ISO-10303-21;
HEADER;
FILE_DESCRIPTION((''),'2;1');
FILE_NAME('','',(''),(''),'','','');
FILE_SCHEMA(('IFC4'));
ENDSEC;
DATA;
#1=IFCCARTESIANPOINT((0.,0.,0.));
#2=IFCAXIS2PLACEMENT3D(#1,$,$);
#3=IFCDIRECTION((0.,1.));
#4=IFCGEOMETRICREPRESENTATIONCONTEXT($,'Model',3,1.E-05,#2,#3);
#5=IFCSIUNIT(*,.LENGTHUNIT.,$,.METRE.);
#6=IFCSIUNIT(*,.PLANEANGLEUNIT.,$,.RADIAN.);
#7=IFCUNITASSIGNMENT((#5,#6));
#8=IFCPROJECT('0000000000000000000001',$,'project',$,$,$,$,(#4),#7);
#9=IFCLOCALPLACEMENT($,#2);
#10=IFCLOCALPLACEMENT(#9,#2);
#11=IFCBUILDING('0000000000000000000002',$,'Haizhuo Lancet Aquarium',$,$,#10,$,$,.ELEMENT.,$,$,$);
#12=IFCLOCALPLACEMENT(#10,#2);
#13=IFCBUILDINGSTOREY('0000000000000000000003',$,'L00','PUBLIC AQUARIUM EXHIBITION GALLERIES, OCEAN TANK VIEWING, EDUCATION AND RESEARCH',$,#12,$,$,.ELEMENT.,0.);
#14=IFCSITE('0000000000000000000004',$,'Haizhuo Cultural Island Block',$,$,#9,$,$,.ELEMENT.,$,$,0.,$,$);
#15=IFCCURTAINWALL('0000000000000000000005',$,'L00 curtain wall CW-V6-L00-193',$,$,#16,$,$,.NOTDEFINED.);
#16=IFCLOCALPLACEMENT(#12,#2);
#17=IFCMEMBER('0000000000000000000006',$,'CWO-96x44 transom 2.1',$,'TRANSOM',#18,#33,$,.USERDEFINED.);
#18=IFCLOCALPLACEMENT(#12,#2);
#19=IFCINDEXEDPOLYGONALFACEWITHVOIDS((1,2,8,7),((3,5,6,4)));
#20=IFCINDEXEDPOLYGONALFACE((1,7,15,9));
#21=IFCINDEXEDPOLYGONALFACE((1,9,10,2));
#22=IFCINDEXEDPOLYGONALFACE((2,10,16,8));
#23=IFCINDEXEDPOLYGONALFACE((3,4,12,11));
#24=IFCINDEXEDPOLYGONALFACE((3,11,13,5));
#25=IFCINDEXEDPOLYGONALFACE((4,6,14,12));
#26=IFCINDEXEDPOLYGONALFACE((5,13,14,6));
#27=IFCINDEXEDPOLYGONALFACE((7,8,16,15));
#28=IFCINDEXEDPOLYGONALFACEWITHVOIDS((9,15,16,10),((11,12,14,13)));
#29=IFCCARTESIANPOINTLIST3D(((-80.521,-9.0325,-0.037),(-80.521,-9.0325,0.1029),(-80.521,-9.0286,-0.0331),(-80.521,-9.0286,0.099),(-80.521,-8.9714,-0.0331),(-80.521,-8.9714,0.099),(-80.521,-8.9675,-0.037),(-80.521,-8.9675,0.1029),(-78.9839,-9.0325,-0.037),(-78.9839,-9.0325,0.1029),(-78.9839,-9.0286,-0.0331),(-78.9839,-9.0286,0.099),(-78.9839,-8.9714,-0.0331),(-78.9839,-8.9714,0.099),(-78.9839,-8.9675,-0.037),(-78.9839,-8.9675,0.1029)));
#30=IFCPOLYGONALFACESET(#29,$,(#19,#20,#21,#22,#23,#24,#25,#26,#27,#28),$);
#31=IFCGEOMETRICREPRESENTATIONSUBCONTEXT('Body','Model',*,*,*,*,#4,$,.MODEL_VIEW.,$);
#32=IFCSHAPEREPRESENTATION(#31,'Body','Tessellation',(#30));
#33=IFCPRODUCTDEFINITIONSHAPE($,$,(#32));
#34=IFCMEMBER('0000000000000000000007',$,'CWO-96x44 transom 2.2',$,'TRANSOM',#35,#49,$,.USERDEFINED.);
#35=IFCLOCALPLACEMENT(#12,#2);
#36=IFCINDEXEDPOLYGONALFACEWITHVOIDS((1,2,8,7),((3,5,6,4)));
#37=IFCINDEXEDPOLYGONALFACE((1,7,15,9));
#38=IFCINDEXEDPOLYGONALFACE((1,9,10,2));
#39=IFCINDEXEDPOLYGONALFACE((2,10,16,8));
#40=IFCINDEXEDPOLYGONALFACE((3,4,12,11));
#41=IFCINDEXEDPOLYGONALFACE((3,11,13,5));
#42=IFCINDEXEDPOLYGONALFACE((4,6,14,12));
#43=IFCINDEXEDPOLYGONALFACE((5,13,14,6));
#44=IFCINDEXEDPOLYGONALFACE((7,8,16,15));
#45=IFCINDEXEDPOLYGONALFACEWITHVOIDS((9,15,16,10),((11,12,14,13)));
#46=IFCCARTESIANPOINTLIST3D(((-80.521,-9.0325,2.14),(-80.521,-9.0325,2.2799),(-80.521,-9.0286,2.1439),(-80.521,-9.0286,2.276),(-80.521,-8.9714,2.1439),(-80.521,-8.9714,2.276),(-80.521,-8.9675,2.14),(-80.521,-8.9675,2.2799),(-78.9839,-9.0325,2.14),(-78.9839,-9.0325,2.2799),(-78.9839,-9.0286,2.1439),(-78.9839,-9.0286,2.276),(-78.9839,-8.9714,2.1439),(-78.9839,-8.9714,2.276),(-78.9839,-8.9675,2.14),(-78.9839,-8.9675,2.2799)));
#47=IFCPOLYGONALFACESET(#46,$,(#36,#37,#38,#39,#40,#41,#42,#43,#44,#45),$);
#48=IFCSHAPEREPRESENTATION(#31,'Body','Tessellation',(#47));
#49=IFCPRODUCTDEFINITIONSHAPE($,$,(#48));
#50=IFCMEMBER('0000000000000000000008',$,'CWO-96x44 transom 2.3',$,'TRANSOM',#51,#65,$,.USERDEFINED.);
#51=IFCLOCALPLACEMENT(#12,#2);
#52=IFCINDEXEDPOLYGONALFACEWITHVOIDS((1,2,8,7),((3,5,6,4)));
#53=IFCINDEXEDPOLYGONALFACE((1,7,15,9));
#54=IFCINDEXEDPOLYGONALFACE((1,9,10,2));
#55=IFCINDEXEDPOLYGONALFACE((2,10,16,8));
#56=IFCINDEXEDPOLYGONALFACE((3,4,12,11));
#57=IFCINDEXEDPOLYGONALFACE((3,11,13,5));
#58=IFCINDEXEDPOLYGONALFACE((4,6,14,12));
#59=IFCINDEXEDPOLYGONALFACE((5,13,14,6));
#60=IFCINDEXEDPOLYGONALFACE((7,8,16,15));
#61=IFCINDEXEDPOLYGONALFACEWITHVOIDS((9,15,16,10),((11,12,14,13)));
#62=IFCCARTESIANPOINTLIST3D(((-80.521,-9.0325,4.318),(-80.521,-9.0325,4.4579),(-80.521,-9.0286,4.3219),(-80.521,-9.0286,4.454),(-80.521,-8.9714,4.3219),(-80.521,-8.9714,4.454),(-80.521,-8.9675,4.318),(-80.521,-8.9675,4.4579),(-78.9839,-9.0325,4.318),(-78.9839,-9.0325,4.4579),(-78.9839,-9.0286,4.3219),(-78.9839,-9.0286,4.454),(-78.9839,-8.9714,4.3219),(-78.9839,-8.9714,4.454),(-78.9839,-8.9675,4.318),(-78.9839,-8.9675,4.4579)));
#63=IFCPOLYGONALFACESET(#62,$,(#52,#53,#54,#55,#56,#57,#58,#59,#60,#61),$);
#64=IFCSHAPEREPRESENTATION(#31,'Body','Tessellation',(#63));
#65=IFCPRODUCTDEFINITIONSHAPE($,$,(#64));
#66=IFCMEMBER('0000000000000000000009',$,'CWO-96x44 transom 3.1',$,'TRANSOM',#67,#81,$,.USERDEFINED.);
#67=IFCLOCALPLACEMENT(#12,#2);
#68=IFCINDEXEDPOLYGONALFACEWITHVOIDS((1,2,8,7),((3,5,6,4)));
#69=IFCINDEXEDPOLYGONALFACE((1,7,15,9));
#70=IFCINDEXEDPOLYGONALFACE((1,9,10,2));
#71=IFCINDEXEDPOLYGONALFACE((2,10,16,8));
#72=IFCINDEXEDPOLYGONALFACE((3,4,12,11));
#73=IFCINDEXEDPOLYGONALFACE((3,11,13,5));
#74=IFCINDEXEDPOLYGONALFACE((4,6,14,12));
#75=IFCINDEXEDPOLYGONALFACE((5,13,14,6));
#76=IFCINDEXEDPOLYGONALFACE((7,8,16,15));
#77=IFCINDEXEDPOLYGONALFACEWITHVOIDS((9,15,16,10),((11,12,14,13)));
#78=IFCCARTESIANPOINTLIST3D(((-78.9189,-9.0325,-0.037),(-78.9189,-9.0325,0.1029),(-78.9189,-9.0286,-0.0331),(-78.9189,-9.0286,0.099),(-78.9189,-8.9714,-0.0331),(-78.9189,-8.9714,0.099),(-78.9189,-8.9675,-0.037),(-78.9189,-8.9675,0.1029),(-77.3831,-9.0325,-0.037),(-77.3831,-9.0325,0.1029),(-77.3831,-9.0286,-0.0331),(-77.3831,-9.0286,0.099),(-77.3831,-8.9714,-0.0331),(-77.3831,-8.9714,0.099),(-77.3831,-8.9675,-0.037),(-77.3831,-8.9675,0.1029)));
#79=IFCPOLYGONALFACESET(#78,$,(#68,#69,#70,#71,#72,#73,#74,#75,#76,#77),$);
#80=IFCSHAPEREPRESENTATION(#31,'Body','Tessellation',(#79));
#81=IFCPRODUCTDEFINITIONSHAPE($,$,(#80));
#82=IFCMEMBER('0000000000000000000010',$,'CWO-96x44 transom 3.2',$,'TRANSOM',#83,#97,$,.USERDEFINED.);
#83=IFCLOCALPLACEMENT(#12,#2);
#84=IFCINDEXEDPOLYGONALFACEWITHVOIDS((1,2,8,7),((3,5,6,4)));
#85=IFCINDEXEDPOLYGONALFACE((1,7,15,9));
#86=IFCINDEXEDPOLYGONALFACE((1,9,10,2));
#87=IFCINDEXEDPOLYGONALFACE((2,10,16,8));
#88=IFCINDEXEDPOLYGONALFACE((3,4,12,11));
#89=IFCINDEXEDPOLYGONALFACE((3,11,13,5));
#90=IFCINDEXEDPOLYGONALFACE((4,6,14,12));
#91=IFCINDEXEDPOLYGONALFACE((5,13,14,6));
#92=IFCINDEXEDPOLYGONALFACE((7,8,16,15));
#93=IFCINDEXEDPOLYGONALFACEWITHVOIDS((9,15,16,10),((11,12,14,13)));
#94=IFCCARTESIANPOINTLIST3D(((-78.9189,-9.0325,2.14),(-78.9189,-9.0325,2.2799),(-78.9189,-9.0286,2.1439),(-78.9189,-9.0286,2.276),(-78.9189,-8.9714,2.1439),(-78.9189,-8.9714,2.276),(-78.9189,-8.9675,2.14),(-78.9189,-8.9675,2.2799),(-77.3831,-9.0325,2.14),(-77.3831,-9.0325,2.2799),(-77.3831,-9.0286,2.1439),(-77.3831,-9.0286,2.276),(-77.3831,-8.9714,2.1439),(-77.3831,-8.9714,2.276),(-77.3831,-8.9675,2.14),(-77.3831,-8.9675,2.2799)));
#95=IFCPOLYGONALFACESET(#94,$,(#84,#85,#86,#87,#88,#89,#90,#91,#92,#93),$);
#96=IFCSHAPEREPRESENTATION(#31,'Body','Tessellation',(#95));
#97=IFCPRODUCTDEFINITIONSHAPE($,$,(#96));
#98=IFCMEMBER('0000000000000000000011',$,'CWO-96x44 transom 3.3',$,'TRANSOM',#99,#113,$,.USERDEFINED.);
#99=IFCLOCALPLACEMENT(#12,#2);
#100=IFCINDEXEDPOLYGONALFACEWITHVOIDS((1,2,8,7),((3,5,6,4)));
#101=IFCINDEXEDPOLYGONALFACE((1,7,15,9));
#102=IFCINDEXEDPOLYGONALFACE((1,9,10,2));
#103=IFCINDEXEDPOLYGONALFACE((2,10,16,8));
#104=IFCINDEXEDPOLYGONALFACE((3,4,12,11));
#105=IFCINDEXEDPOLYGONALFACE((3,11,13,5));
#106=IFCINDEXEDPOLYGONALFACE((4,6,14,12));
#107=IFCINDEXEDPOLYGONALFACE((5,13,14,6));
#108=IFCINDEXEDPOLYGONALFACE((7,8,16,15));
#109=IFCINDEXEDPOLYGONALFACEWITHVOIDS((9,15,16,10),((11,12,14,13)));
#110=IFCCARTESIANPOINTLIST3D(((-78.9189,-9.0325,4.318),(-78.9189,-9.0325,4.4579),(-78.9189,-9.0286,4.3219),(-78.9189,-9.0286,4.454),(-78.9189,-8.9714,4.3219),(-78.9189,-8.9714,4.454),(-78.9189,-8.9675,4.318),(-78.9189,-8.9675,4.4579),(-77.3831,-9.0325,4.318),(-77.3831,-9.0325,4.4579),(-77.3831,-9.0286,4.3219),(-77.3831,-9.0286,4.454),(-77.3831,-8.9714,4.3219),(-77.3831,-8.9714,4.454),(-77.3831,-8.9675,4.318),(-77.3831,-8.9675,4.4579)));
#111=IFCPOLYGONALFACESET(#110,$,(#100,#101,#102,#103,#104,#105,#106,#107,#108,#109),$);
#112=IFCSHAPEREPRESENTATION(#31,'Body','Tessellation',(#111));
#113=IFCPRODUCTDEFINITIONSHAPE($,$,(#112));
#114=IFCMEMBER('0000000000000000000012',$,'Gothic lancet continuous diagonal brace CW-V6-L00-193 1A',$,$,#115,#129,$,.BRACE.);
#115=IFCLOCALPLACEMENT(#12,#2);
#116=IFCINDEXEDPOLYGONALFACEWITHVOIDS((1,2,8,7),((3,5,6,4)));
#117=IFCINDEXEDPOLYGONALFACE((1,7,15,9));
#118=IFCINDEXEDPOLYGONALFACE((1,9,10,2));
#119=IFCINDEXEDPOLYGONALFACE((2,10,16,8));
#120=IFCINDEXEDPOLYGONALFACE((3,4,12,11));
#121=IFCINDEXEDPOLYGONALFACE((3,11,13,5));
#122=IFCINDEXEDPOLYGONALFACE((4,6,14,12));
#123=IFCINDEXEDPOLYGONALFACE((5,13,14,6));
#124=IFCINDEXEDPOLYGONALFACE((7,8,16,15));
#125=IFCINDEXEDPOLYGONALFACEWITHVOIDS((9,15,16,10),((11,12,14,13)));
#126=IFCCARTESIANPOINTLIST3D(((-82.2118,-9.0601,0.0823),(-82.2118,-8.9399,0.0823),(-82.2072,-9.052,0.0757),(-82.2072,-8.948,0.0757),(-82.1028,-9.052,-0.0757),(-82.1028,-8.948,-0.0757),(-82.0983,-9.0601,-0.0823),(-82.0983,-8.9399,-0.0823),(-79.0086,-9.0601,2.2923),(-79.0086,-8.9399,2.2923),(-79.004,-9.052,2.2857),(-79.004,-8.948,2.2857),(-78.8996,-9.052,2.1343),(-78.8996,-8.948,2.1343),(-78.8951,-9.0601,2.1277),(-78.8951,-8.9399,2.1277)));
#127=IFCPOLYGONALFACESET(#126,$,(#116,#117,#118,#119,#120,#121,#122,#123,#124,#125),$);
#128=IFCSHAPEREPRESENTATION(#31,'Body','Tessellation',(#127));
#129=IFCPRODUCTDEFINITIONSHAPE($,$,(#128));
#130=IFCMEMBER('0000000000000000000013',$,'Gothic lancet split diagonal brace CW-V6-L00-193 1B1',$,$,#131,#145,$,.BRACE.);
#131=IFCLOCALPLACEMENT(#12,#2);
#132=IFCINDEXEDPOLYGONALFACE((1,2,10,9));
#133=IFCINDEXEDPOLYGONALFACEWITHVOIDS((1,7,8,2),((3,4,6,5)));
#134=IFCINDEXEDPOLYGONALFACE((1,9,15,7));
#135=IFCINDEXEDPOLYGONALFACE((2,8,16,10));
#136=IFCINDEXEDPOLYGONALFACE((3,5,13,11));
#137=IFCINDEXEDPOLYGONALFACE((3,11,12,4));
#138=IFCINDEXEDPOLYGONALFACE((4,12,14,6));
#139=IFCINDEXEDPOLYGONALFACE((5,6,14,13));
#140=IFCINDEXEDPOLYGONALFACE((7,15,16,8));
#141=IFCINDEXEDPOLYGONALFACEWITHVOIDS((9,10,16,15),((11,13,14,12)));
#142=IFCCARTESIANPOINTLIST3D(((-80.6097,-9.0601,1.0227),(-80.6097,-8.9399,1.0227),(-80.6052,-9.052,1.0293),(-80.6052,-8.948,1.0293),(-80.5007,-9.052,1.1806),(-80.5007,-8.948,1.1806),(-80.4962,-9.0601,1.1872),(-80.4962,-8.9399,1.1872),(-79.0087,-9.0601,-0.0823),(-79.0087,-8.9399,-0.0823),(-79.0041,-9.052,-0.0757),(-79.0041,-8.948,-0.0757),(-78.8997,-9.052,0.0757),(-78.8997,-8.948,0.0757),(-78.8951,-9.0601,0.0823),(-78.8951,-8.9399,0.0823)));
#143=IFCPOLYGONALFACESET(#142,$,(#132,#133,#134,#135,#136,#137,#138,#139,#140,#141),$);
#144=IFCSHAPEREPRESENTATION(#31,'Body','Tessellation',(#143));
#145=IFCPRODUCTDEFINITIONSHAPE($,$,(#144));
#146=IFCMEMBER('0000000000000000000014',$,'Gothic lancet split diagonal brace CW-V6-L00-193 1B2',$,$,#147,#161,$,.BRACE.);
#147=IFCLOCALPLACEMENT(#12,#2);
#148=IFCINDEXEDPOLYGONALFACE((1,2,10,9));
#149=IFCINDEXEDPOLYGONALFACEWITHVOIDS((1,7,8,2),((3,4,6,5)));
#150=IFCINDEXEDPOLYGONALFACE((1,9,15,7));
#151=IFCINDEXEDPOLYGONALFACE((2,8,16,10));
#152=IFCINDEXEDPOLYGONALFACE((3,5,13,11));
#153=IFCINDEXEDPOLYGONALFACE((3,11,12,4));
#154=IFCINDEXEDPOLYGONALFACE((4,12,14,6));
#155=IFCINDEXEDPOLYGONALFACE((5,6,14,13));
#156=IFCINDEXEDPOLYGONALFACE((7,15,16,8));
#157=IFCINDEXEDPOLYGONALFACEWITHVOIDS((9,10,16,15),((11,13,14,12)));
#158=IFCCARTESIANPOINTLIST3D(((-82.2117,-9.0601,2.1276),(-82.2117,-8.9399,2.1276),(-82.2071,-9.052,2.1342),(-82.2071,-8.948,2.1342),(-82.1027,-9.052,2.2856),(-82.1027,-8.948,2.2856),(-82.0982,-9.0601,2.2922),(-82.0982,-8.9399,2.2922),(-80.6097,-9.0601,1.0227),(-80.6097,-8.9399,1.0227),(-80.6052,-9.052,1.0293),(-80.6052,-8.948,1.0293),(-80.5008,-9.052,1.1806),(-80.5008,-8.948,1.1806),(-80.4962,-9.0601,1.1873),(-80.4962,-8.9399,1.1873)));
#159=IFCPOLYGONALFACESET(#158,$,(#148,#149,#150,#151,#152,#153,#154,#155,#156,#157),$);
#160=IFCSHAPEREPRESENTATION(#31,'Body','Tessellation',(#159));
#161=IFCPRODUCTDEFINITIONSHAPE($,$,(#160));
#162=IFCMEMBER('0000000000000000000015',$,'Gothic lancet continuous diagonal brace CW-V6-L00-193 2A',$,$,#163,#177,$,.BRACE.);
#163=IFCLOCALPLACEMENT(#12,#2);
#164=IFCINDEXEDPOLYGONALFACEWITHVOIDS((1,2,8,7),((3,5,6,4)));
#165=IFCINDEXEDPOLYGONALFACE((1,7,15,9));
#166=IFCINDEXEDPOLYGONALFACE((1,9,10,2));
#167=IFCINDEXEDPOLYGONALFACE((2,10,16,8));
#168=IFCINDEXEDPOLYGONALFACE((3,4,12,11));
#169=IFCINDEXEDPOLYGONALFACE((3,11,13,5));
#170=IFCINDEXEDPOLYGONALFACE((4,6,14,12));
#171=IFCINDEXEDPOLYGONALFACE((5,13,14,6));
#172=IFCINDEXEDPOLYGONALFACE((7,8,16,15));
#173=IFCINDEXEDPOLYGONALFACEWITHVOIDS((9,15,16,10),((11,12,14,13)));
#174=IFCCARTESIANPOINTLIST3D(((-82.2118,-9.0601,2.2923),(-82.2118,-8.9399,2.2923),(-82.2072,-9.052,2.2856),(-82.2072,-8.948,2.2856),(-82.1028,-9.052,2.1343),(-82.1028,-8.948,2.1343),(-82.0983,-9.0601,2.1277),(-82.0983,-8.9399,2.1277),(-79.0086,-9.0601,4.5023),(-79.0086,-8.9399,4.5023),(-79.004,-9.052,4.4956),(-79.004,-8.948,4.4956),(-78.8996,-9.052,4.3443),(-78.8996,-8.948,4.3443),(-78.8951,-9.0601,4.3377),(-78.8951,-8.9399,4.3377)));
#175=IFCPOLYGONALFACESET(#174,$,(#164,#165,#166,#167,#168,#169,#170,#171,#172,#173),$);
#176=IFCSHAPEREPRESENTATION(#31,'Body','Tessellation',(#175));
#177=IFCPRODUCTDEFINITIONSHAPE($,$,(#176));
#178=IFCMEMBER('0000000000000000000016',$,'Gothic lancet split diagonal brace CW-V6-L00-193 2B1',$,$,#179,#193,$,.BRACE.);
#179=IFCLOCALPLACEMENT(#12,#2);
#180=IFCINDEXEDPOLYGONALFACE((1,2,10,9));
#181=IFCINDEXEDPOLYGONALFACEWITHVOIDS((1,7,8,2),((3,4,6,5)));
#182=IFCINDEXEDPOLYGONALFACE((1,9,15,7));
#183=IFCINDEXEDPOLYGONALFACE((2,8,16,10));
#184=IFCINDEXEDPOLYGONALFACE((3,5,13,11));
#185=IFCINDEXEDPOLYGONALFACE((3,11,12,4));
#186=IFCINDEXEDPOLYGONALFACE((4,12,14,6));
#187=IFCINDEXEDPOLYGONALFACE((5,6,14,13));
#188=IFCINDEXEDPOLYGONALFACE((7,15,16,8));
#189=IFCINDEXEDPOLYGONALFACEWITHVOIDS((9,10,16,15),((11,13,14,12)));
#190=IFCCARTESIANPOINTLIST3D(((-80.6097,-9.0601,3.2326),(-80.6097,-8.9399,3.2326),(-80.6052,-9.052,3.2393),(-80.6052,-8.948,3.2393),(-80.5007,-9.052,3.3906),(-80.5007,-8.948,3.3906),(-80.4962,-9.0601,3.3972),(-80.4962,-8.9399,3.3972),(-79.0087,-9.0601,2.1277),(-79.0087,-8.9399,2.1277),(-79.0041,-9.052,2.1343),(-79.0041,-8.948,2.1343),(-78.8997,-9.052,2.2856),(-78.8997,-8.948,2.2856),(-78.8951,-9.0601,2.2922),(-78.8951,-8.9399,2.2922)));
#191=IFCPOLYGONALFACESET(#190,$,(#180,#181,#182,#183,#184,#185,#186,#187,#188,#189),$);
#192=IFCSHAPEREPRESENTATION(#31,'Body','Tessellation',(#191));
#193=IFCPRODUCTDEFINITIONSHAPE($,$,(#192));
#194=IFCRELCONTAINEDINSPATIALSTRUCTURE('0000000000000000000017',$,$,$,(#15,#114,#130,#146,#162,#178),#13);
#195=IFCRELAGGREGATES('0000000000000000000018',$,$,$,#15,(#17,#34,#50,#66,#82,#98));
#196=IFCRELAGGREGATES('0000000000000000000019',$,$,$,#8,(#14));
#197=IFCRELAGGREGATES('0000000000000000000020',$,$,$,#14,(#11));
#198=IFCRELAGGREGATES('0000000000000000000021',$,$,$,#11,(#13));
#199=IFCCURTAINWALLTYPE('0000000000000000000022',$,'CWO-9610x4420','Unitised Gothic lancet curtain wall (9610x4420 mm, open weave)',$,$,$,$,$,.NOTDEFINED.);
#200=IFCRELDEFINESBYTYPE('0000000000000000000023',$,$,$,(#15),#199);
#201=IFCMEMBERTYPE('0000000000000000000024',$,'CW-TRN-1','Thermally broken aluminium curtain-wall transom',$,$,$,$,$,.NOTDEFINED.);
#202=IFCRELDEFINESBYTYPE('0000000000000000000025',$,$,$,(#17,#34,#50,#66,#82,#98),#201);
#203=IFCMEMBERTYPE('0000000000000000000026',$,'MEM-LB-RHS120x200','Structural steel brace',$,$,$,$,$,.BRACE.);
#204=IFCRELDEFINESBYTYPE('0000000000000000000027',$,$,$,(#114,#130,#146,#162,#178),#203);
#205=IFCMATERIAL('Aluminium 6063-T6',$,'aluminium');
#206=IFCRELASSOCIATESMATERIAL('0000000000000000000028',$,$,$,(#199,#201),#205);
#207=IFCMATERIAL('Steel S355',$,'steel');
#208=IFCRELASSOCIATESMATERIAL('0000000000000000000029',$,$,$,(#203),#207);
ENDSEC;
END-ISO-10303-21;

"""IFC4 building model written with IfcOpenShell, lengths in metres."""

from ifc_helpers import new_model, si_unit, direction, frame, origin, origin_2d, place, context, subcontext, project, spatial, hollow_rectangle, extrude, material, material_profile, profile_set, type_object, element, aggregate, save


model = new_model("IFC4")

# Units and contexts
model_context = context("Model", 3, precision=1e-05, world=origin(), true_north=direction((0.0, 1.0)))
body_context = subcontext(model_context, "Body", "Model", "MODEL_VIEW")
ifc_project = project(units=[si_unit("LENGTHUNIT", "METRE"), si_unit("PLANEANGLEUNIT", "RADIAN")], contexts=[model_context])

# Site, building, storey
site_placement = place(None, origin())
site = spatial("IfcSite", under=ifc_project, at=site_placement, Name="Haizhuo Cultural Island Block", CompositionType="ELEMENT", RefElevation=0.0)
building_placement = place(site_placement, origin())
building = spatial("IfcBuilding", under=site, at=building_placement, Name="Haizhuo Lancet Aquarium", CompositionType="ELEMENT")
storey_placement = place(building_placement, origin())
storey = spatial("IfcBuildingStorey", under=building, at=storey_placement, Name="L00", Description="PUBLIC AQUARIUM EXHIBITION GALLERIES, OCEAN TANK VIEWING, EDUCATION AND RESEARCH", CompositionType="ELEMENT", Elevation=0.0)

# Shared definitions
ifc_material_1 = material(Name="Steel S355", Category="steel")

# Curtain wall
ifc_material_2 = material(Name="Aluminium 6063-T6", Category="aluminium")
curtain_wall_type_1 = type_object("IfcCurtainWallType", Name="CWO-9610x4420", Description="Unitised Gothic lancet curtain wall (9610x4420 mm, open weave)", PredefinedType="NOTDEFINED", material=ifc_material_2)
curtain_wall_1_placement = place(storey_placement, origin())
curtain_wall_1 = element("IfcCurtainWall", 1, at=curtain_wall_1_placement, inside=storey, type_object=curtain_wall_type_1, Name="L00 curtain wall CW-V6-L00-193", PredefinedType="NOTDEFINED")

# Members
ifc_material_profile_1 = material_profile(ifc_material_2, hollow_rectangle(XDim=0.0649, YDim=0.1399, WallThickness=0.0039, at=origin_2d()), Name="ALU-T 65x140x4")
ifc_profile_set_1 = profile_set([ifc_material_profile_1], Name="Aluminium 6063-T6")
member_type_1 = type_object("IfcMemberType", Name="CW-TRN-1", Description="Thermally broken aluminium curtain-wall transom", PredefinedType="NOTDEFINED", material=ifc_profile_set_1)
member_1_placement = place(storey_placement, frame((-80.521, -9.0, 0.033), z_axis=(1.0, 0.0, 0.0), x_axis=(0.0, 1.0, 0.0)))
member_1 = element("IfcMember", 2, at=member_1_placement, type_object=member_type_1, Name="CWO-96x44 transom 2.1", ObjectType="TRANSOM", PredefinedType="USERDEFINED", context=body_context, shape_type="SweptSolid", body=[
    extrude(hollow_rectangle(XDim=0.0649, YDim=0.1399, WallThickness=0.0039, at=origin_2d()), origin(), (0.0, 0.0, 1.0), 1.5371),
])
member_2_placement = place(storey_placement, frame((-80.521, -9.0, 2.21), z_axis=(1.0, 0.0, 0.0), x_axis=(0.0, 1.0, 0.0)))
member_2 = element("IfcMember", 3, at=member_2_placement, type_object=member_type_1, Name="CWO-96x44 transom 2.2", ObjectType="TRANSOM", PredefinedType="USERDEFINED", context=body_context, shape_type="SweptSolid", body=[
    extrude(hollow_rectangle(XDim=0.0649, YDim=0.1399, WallThickness=0.0039, at=origin_2d()), origin(), (0.0, 0.0, 1.0), 1.5371),
])
member_3_placement = place(storey_placement, frame((-80.521, -9.0, 4.3879), z_axis=(1.0, 0.0, 0.0), x_axis=(0.0, 1.0, 0.0)))
member_3 = element("IfcMember", 4, at=member_3_placement, type_object=member_type_1, Name="CWO-96x44 transom 2.3", ObjectType="TRANSOM", PredefinedType="USERDEFINED", context=body_context, shape_type="SweptSolid", body=[
    extrude(hollow_rectangle(XDim=0.0649, YDim=0.1399, WallThickness=0.0039, at=origin_2d()), origin(), (0.0, 0.0, 1.0), 1.5371),
])
member_4_placement = place(storey_placement, frame((-78.9189, -9.0, 0.033), z_axis=(1.0, 0.0, 0.0), x_axis=(0.0, 1.0, 0.0)))
member_4 = element("IfcMember", 5, at=member_4_placement, type_object=member_type_1, Name="CWO-96x44 transom 3.1", ObjectType="TRANSOM", PredefinedType="USERDEFINED", context=body_context, shape_type="SweptSolid", body=[
    extrude(hollow_rectangle(XDim=0.0649, YDim=0.1399, WallThickness=0.0039, at=origin_2d()), origin(), (0.0, 0.0, 1.0), 1.5359),
])
member_5_placement = place(storey_placement, frame((-78.9189, -9.0, 2.21), z_axis=(1.0, 0.0, 0.0), x_axis=(0.0, 1.0, 0.0)))
member_5 = element("IfcMember", 6, at=member_5_placement, type_object=member_type_1, Name="CWO-96x44 transom 3.2", ObjectType="TRANSOM", PredefinedType="USERDEFINED", context=body_context, shape_type="SweptSolid", body=[
    extrude(hollow_rectangle(XDim=0.0649, YDim=0.1399, WallThickness=0.0039, at=origin_2d()), origin(), (0.0, 0.0, 1.0), 1.5359),
])
member_6_placement = place(storey_placement, frame((-78.9189, -9.0, 4.3879), z_axis=(1.0, 0.0, 0.0), x_axis=(0.0, 1.0, 0.0)))
member_6 = element("IfcMember", 7, at=member_6_placement, type_object=member_type_1, Name="CWO-96x44 transom 3.3", ObjectType="TRANSOM", PredefinedType="USERDEFINED", context=body_context, shape_type="SweptSolid", body=[
    extrude(hollow_rectangle(XDim=0.0649, YDim=0.1399, WallThickness=0.0039, at=origin_2d()), origin(), (0.0, 0.0, 1.0), 1.5359),
])

# Members
ifc_material_profile_2 = material_profile(ifc_material_1, hollow_rectangle(XDim=0.1201, YDim=0.2, WallThickness=0.0081, at=origin_2d()), Name="RHS 120x200x8")
ifc_profile_set_2 = profile_set([ifc_material_profile_2], Name="Steel S355")
member_type_2 = type_object("IfcMemberType", Name="MEM-LB-RHS120x200", Description="Structural steel brace", PredefinedType="BRACE", material=ifc_profile_set_2)
member_7_placement = place(storey_placement, frame((-82.155, -9.0, 0.0), z_axis=(0.823104, 0.0, 0.567891), x_axis=(0.0, 1.0, 0.0)))
element("IfcMember", 8, at=member_7_placement, inside=storey, type_object=member_type_2, Name="Gothic lancet continuous diagonal brace CW-V6-L00-193 1A", PredefinedType="BRACE", context=body_context, shape_type="SweptSolid", body=[
    extrude(hollow_rectangle(XDim=0.1201, YDim=0.2, WallThickness=0.0081, at=origin_2d()), origin(), (0.0, 0.0, 1.0), 3.8916),
])
member_8_placement = place(storey_placement, frame((-78.9519, -9.0, 0.0), z_axis=(-0.823023, 0.0, 0.568009), x_axis=(0.0, -1.0, 0.0)))
element("IfcMember", 9, at=member_8_placement, inside=storey, type_object=member_type_2, Name="Gothic lancet split diagonal brace CW-V6-L00-193 1B1", PredefinedType="BRACE", context=body_context, shape_type="SweptSolid", body=[
    extrude(hollow_rectangle(XDim=0.1201, YDim=0.2, WallThickness=0.0081, at=origin_2d()), origin(), (0.0, 0.0, 1.0), 1.9453),
])
member_9_placement = place(storey_placement, frame((-80.553, -9.0, 1.105), z_axis=(-0.823184, 0.0, 0.567774), x_axis=(0.0, -1.0, 0.0)))
element("IfcMember", 10, at=member_9_placement, inside=storey, type_object=member_type_2, Name="Gothic lancet split diagonal brace CW-V6-L00-193 1B2", PredefinedType="BRACE", context=body_context, shape_type="SweptSolid", body=[
    extrude(hollow_rectangle(XDim=0.1201, YDim=0.2, WallThickness=0.0081, at=origin_2d()), origin(), (0.0, 0.0, 1.0), 1.946),
])
member_10_placement = place(storey_placement, frame((-82.155, -9.0, 2.21), z_axis=(0.823104, 0.0, 0.567891), x_axis=(0.0, 1.0, 0.0)))
element("IfcMember", 11, at=member_10_placement, inside=storey, type_object=member_type_2, Name="Gothic lancet continuous diagonal brace CW-V6-L00-193 2A", PredefinedType="BRACE", context=body_context, shape_type="SweptSolid", body=[
    extrude(hollow_rectangle(XDim=0.1201, YDim=0.2, WallThickness=0.0081, at=origin_2d()), origin(), (0.0, 0.0, 1.0), 3.8916),
])
member_11_placement = place(storey_placement, frame((-78.9519, -9.0, 2.21), z_axis=(-0.823023, 0.0, 0.568009), x_axis=(0.0, -1.0, 0.0)))
element("IfcMember", 12, at=member_11_placement, inside=storey, type_object=member_type_2, Name="Gothic lancet split diagonal brace CW-V6-L00-193 2B1", PredefinedType="BRACE", context=body_context, shape_type="SweptSolid", body=[
    extrude(hollow_rectangle(XDim=0.1201, YDim=0.2, WallThickness=0.0081, at=origin_2d()), origin(), (0.0, 0.0, 1.0), 1.9453),
])

aggregate(curtain_wall_1, [member_1, member_2, member_3, member_4, member_5, member_6])

save(model, "model.ifc")
